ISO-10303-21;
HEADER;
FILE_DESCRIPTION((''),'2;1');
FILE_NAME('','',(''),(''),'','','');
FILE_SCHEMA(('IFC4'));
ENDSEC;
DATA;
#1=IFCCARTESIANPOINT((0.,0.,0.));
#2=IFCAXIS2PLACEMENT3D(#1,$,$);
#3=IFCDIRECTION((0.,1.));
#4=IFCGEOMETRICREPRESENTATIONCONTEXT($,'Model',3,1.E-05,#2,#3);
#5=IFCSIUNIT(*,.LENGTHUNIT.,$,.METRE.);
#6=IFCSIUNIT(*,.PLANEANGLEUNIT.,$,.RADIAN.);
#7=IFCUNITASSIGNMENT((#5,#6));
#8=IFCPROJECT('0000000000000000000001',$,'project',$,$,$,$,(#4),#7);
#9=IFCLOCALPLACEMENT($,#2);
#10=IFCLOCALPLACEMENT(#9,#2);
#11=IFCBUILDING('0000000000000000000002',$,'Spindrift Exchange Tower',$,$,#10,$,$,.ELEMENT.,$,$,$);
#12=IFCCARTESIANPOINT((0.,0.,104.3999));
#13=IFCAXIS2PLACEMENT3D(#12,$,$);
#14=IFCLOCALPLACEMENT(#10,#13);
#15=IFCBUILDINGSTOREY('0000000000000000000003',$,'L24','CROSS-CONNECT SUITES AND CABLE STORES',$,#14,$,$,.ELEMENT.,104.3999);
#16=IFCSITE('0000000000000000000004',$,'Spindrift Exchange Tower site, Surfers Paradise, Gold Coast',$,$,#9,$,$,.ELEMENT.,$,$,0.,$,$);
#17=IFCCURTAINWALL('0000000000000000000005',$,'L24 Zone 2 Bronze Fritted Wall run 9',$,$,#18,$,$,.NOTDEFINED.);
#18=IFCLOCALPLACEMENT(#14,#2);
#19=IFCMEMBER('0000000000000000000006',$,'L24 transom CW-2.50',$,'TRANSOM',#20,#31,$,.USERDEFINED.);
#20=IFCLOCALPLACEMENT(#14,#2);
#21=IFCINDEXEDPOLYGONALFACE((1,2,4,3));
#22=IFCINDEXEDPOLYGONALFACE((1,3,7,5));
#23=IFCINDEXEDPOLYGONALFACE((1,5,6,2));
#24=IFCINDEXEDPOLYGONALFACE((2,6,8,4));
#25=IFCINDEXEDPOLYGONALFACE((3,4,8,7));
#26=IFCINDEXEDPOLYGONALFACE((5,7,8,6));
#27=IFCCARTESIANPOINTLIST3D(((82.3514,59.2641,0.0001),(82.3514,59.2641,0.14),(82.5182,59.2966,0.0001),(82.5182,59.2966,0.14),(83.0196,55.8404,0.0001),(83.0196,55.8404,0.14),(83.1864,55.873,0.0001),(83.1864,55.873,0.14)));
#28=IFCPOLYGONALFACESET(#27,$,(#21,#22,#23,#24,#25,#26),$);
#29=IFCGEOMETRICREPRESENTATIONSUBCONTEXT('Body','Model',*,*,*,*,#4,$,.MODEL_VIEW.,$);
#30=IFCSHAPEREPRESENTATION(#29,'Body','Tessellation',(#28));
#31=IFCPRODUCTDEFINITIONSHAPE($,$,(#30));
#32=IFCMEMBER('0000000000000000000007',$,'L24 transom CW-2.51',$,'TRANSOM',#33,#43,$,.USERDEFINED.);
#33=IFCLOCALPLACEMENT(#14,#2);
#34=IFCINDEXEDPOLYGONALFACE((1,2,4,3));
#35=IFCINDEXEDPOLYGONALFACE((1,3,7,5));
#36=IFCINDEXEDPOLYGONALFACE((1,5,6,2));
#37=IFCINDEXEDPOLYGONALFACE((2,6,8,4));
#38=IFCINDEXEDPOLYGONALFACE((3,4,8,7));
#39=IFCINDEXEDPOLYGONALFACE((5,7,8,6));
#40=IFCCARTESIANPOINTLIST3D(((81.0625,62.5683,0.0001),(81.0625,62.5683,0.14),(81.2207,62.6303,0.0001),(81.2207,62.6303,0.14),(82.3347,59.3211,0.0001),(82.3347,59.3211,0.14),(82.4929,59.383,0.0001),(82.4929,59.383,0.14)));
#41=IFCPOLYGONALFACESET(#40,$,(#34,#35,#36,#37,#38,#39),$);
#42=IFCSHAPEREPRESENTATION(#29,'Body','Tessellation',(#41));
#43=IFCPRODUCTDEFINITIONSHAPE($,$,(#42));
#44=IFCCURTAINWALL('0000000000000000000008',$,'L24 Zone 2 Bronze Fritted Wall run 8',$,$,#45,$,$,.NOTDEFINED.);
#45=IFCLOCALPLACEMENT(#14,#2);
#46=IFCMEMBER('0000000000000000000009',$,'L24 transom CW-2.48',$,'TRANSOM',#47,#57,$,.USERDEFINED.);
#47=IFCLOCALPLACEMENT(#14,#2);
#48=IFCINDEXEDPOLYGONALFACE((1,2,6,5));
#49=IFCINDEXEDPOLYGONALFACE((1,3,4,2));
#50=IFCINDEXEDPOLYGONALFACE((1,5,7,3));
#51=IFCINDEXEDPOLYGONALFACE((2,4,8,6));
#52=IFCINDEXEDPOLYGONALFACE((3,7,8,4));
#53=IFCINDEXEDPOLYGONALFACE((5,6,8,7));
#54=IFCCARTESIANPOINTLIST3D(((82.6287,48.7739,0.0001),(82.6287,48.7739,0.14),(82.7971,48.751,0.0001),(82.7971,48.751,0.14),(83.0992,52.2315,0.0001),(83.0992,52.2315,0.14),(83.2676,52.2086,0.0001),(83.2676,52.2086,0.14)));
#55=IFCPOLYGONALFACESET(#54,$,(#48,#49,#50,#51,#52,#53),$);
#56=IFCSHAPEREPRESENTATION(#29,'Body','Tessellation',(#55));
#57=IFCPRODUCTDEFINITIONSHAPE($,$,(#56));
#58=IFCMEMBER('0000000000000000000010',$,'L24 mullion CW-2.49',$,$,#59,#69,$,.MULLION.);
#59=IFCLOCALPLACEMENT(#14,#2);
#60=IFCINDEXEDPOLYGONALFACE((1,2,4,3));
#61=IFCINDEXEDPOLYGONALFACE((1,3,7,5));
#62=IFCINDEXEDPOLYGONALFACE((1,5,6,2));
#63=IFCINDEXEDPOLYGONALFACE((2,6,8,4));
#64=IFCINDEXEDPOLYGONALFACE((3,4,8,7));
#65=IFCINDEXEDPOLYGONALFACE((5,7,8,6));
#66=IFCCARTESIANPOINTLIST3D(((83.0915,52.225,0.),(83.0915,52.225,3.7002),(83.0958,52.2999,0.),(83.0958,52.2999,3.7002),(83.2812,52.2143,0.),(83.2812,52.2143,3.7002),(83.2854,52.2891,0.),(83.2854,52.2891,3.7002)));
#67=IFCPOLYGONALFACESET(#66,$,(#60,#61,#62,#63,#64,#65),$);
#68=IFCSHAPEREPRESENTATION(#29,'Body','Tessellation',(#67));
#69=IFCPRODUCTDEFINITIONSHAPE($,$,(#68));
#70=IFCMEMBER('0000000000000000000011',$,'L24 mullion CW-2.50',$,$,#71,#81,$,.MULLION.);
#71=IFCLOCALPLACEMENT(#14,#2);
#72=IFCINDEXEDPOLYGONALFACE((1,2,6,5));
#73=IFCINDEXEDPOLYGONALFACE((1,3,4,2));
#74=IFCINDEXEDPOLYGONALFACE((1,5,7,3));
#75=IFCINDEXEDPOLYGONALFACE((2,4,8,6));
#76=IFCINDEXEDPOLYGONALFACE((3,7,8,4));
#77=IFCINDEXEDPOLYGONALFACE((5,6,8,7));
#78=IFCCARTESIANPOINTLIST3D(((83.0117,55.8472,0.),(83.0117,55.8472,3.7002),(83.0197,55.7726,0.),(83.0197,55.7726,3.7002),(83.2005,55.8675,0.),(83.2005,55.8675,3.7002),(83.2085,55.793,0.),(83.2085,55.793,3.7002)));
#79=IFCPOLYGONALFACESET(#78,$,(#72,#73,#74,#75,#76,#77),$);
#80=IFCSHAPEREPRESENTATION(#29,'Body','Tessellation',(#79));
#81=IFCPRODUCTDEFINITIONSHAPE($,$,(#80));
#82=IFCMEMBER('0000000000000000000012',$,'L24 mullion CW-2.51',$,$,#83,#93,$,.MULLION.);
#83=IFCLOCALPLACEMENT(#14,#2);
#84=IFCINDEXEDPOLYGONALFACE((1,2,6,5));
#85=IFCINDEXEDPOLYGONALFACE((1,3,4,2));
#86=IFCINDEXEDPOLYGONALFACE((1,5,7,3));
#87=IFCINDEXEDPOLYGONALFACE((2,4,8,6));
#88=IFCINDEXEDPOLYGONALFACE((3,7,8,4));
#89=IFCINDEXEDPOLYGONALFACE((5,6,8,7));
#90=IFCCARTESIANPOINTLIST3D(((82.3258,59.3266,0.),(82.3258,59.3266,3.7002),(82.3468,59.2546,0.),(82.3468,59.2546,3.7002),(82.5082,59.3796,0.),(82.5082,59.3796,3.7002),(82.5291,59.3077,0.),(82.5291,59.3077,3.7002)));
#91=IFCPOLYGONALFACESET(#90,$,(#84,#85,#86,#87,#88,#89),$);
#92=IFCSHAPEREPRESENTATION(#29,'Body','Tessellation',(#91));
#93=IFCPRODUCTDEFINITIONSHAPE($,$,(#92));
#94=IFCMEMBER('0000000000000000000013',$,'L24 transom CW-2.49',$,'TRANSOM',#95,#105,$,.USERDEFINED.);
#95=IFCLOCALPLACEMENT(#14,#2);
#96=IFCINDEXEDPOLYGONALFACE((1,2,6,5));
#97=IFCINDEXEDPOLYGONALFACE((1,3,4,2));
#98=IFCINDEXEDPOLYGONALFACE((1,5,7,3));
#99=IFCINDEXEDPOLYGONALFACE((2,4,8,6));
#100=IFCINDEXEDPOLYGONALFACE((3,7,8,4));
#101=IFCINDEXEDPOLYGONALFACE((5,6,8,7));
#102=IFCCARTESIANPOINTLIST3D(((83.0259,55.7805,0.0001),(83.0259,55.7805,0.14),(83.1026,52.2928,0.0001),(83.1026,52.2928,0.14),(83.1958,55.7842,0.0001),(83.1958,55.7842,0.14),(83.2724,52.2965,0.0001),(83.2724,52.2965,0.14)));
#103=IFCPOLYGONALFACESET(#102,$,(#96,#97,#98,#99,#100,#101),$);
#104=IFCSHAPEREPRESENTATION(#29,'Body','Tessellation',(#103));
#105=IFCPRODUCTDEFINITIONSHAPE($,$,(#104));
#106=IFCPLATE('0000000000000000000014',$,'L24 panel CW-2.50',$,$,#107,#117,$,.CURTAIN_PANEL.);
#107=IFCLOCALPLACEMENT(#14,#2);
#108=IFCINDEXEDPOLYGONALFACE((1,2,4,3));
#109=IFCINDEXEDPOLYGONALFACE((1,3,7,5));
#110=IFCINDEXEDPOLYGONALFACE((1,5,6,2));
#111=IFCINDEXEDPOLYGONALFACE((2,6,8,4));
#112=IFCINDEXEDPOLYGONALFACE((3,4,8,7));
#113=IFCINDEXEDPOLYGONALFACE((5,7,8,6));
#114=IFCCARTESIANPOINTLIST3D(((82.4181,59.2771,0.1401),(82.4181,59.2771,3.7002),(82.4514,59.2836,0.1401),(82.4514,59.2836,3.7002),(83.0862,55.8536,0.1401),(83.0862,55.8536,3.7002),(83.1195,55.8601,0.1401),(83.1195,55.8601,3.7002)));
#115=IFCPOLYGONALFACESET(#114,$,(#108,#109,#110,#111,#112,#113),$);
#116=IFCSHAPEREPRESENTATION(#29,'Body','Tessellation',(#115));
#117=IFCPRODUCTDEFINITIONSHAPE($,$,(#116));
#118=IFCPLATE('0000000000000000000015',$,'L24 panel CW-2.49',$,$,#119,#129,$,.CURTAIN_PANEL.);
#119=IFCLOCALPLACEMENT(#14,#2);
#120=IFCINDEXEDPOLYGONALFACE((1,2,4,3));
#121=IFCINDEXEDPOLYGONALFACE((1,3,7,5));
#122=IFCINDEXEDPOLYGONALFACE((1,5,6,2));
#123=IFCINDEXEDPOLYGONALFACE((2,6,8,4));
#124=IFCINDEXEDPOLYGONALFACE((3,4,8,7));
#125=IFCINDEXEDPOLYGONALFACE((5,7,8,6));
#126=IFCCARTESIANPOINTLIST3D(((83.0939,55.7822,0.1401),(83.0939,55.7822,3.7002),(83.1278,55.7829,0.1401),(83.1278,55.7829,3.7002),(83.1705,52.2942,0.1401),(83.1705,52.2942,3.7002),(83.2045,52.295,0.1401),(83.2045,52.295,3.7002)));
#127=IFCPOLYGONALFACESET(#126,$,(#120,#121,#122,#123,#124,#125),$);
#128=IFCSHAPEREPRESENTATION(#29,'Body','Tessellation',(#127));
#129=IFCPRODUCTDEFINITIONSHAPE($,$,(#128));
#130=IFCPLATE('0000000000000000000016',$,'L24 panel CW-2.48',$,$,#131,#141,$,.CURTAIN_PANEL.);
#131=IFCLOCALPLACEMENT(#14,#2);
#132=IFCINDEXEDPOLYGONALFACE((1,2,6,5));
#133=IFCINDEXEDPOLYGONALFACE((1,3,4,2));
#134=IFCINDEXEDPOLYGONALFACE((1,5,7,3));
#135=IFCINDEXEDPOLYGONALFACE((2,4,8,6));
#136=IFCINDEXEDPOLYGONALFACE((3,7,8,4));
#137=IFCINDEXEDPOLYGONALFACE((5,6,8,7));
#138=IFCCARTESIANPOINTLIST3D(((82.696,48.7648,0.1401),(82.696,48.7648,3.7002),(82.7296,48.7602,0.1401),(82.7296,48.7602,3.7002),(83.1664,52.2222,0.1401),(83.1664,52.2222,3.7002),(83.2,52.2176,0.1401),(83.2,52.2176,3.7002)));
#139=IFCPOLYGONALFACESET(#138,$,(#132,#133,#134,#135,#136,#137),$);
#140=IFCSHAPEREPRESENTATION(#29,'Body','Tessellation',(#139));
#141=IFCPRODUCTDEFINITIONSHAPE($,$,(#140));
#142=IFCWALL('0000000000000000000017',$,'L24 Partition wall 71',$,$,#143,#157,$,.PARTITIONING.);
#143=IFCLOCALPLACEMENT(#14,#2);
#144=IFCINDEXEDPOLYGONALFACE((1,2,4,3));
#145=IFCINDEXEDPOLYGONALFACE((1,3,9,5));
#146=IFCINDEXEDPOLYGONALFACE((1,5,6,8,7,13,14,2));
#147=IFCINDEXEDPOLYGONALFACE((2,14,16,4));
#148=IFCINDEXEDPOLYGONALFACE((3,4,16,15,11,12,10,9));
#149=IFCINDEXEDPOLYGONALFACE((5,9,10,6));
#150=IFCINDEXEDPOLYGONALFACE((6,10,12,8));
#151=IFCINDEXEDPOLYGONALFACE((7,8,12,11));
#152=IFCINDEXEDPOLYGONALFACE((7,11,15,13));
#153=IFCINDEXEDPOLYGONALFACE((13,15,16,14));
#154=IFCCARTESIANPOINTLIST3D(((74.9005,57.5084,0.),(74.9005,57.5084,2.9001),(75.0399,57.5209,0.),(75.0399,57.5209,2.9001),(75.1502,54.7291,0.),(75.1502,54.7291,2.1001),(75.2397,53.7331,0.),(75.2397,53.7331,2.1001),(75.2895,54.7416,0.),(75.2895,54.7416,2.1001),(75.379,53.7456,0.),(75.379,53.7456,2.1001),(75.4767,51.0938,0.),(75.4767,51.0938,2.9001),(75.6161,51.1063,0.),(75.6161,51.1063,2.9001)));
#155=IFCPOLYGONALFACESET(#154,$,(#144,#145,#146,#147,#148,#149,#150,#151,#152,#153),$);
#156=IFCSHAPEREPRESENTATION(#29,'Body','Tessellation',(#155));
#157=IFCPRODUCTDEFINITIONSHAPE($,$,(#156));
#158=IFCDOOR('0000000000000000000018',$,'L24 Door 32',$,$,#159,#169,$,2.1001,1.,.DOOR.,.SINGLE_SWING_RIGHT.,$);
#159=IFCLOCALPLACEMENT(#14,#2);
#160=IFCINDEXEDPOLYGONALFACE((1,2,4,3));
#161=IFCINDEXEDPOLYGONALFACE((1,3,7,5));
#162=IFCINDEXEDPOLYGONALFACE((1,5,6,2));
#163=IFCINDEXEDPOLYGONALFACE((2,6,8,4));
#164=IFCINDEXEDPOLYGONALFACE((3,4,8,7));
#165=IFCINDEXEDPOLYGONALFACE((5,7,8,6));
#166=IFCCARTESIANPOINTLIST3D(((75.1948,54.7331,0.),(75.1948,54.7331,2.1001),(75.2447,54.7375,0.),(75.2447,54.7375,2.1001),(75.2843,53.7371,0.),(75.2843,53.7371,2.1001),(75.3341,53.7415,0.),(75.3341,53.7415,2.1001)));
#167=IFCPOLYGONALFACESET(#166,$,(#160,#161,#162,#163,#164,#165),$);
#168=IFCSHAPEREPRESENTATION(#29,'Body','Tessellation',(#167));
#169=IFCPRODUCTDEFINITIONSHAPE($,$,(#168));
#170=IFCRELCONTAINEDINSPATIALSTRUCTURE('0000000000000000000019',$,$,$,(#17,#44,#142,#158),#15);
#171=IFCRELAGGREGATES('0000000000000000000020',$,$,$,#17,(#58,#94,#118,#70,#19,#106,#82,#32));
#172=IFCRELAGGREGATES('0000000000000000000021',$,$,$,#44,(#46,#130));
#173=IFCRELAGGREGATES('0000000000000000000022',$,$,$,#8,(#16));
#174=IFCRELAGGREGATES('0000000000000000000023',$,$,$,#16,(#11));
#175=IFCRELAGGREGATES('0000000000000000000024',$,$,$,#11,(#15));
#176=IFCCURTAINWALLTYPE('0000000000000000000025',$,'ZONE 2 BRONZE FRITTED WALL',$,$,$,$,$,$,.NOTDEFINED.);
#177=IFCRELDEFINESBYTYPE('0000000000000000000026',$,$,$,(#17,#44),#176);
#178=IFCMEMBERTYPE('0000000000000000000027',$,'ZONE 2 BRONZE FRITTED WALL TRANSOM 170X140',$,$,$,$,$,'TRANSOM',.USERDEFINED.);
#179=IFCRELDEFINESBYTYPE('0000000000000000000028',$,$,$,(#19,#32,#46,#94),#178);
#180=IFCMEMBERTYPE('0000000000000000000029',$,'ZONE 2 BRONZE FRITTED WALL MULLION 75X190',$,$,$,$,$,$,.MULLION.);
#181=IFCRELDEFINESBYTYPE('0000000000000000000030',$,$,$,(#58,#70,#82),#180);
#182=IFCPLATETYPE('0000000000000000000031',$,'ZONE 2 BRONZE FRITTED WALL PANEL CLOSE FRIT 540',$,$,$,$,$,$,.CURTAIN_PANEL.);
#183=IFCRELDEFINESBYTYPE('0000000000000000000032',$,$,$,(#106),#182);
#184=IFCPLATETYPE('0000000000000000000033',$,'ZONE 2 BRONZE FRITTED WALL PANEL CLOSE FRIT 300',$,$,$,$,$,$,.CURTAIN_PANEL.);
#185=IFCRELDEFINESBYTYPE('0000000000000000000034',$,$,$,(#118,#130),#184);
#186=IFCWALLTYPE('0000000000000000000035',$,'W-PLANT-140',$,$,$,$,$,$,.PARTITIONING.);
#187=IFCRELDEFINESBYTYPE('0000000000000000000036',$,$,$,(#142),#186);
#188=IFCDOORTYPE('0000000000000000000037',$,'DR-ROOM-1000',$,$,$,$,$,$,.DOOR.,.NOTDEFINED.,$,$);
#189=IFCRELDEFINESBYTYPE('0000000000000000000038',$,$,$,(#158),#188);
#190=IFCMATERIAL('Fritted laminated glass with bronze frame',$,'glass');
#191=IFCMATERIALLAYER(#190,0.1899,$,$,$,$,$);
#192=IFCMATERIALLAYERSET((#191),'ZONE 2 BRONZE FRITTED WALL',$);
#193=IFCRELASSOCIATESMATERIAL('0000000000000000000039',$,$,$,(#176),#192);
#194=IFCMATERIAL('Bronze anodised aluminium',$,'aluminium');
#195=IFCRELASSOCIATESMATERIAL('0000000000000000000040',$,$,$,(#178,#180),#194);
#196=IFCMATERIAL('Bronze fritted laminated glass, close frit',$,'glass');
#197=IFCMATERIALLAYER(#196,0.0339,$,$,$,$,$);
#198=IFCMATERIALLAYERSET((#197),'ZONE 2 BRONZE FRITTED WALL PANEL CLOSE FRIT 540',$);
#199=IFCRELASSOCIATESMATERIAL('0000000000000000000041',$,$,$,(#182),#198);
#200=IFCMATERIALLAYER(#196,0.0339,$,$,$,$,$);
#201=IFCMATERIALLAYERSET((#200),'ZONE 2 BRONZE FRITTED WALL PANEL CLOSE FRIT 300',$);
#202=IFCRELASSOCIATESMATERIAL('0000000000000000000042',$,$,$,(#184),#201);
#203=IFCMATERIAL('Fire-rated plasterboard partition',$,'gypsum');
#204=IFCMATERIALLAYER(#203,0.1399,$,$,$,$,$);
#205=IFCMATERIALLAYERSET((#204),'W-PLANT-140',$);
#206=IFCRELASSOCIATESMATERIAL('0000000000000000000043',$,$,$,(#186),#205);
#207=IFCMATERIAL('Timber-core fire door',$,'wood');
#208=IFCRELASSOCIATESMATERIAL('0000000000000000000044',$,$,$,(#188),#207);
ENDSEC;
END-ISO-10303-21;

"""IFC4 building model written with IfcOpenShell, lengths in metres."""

from ifc_helpers import new_model, si_unit, direction, frame, frame_2d, origin, origin_2d, place, context, subcontext, project, spatial, rectangle, extrude, source, transform, mapped, material, layer, layer_set, material_profile, profile_set, type_object, element, fill, aggregate, save


model = new_model("IFC4")

# Units and contexts
model_context = context("Model", 3, precision=1e-05, world=origin(), true_north=direction((0.0, 1.0)))
body_context = subcontext(model_context, "Body", "Model", "MODEL_VIEW")
ifc_project = project(units=[si_unit("LENGTHUNIT", "METRE"), si_unit("PLANEANGLEUNIT", "RADIAN")], contexts=[model_context])

# Site, building, storey
site_placement = place(None, origin())
site = spatial("IfcSite", under=ifc_project, at=site_placement, Name="Spindrift Exchange Tower site, Surfers Paradise, Gold Coast", CompositionType="ELEMENT", RefElevation=0.0)
building_placement = place(site_placement, origin())
building = spatial("IfcBuilding", under=site, at=building_placement, Name="Spindrift Exchange Tower", CompositionType="ELEMENT")
storey_placement = place(building_placement, frame((0.0, 0.0, 104.3999)))
storey = spatial("IfcBuildingStorey", under=building, at=storey_placement, Name="L24", Description="CROSS-CONNECT SUITES AND CABLE STORES", CompositionType="ELEMENT", Elevation=104.3999)

# Curtain wall, members
ifc_material_1 = material(Name="Fritted laminated glass with bronze frame", Category="glass")
ifc_layer_1 = layer(ifc_material_1, 0.1899)
ifc_layer_set_1 = layer_set([ifc_layer_1], Name="ZONE 2 BRONZE FRITTED WALL")
curtain_wall_type = type_object("IfcCurtainWallType", Name="ZONE 2 BRONZE FRITTED WALL", PredefinedType="NOTDEFINED", material=ifc_layer_set_1)
curtain_wall_1_placement = place(storey_placement, origin())
curtain_wall_1 = element("IfcCurtainWall", 1, at=curtain_wall_1_placement, inside=storey, type_object=curtain_wall_type, Name="L24 Zone 2 Bronze Fritted Wall run 9", PredefinedType="NOTDEFINED")
ifc_material_2 = material(Name="Bronze anodised aluminium", Category="aluminium")
ifc_material_profile_1 = material_profile(ifc_material_2, rectangle(XDim=0.1699, YDim=0.1399, at=origin_2d()), Name="ZONE 2 BRONZE FRITTED WALL TRANSOM 170X140")
ifc_profile_set_1 = profile_set([ifc_material_profile_1], Name="Bronze anodised aluminium")
member_type_1 = type_object("IfcMemberType", Name="ZONE 2 BRONZE FRITTED WALL TRANSOM 170X140", ElementType="TRANSOM", PredefinedType="USERDEFINED", material=ifc_profile_set_1)
shared_shape_1 = source(origin(), body_context, "Body", "SweptSolid", [
    extrude(rectangle(XDim=0.1699, YDim=0.1399, at=origin_2d()), origin(), (0.0, 0.0, 1.0), 3.4883),
])
member_1_placement = place(storey_placement, frame((83.103, 55.8567, 0.0701), z_axis=(-0.191565, 0.98148, 0.0), x_axis=(-0.98148, -0.191565, 0.0)))
member_1 = element("IfcMember", 2, at=member_1_placement, type_object=member_type_1, Name="L24 transom CW-2.50", ObjectType="TRANSOM", PredefinedType="USERDEFINED", context=body_context, shape_type="MappedRepresentation", body=[
    mapped(shared_shape_1, transform((0.0, 0.0, 0.0), scale=1.0)),
])
shared_shape_2 = source(origin(), body_context, "Body", "SweptSolid", [
    extrude(rectangle(XDim=0.1699, YDim=0.1399, at=origin_2d()), origin(), (0.0, 0.0, 1.0), 3.4875),
])
member_2_placement = place(storey_placement, frame((82.4138, 59.3521, 0.0701), z_axis=(-0.364779, 0.931094, 0.0), x_axis=(-0.931094, -0.364779, 0.0)))
member_2 = element("IfcMember", 3, at=member_2_placement, type_object=member_type_1, Name="L24 transom CW-2.51", ObjectType="TRANSOM", PredefinedType="USERDEFINED", context=body_context, shape_type="MappedRepresentation", body=[
    mapped(shared_shape_2, transform((0.0, 0.0, 0.0), scale=1.0)),
])

# Curtain wall, member
curtain_wall_2_placement = place(storey_placement, origin())
curtain_wall_2 = element("IfcCurtainWall", 4, at=curtain_wall_2_placement, inside=storey, type_object=curtain_wall_type, Name="L24 Zone 2 Bronze Fritted Wall run 8", PredefinedType="NOTDEFINED")
shared_shape_3 = source(origin(), body_context, "Body", "SweptSolid", [
    extrude(rectangle(XDim=0.1699, YDim=0.1399, at=origin_2d()), origin(), (0.0, 0.0, 1.0), 3.4895),
])
member_3_placement = place(storey_placement, frame((82.7129, 48.7625, 0.0701), z_axis=(0.134826, 0.990869, 0.0), x_axis=(-0.990869, 0.134826, 0.0)))
member_3 = element("IfcMember", 5, at=member_3_placement, type_object=member_type_1, Name="L24 transom CW-2.48", ObjectType="TRANSOM", PredefinedType="USERDEFINED", context=body_context, shape_type="MappedRepresentation", body=[
    mapped(shared_shape_3, transform((0.0, 0.0, 0.0), scale=1.0)),
])

# Members
ifc_material_profile_2 = material_profile(ifc_material_2, rectangle(XDim=0.075, YDim=0.1899, at=origin_2d()), Name="ZONE 2 BRONZE FRITTED WALL MULLION 75X190")
ifc_profile_set_2 = profile_set([ifc_material_profile_2], Name="Bronze anodised aluminium")
member_type_2 = type_object("IfcMemberType", Name="ZONE 2 BRONZE FRITTED WALL MULLION 75X190", PredefinedType="MULLION", material=ifc_profile_set_2)
shared_shape_4 = source(origin(), body_context, "Body", "SweptSolid", [
    extrude(rectangle(XDim=0.075, YDim=0.1899, at=origin_2d()), origin(), (0.0, 0.0, 1.0), 3.7002),
])
member_4_placement = place(storey_placement, frame((83.1885, 52.2571, 0.0), z_axis=(0.0, 0.0, 1.0), x_axis=(0.056593, 0.998397, 0.0)))
member_4 = element("IfcMember", 6, at=member_4_placement, type_object=member_type_2, Name="L24 mullion CW-2.49", PredefinedType="MULLION", context=body_context, shape_type="MappedRepresentation", body=[
    mapped(shared_shape_4, transform((0.0, 0.0, 0.0), scale=1.0)),
])
member_5_placement = place(storey_placement, frame((83.1101, 55.8201, 0.0), z_axis=(0.0, 0.0, 1.0), x_axis=(-0.10715, 0.994243, 0.0)))
member_5 = element("IfcMember", 7, at=member_5_placement, type_object=member_type_2, Name="L24 mullion CW-2.50", PredefinedType="MULLION", context=body_context, shape_type="MappedRepresentation", body=[
    mapped(shared_shape_4, transform((0.0, 0.0, 0.0), scale=1.0)),
])
member_6_placement = place(storey_placement, frame((82.4275, 59.3171, 0.0), z_axis=(0.0, 0.0, 1.0), x_axis=(-0.279315, 0.960199, 0.0)))
member_6 = element("IfcMember", 8, at=member_6_placement, type_object=member_type_2, Name="L24 mullion CW-2.51", PredefinedType="MULLION", context=body_context, shape_type="MappedRepresentation", body=[
    mapped(shared_shape_4, transform((0.0, 0.0, 0.0), scale=1.0)),
])
shared_shape_5 = source(origin(), body_context, "Body", "SweptSolid", [
    extrude(rectangle(XDim=0.1699, YDim=0.1399, at=origin_2d()), origin(), (0.0, 0.0, 1.0), 3.4885),
])
member_7_placement = place(storey_placement, frame((83.1875, 52.2947, 0.0701), z_axis=(-0.021974, 0.999759, 0.0), x_axis=(-0.999759, -0.021974, 0.0)))
member_7 = element("IfcMember", 9, at=member_7_placement, type_object=member_type_1, Name="L24 transom CW-2.49", ObjectType="TRANSOM", PredefinedType="USERDEFINED", context=body_context, shape_type="MappedRepresentation", body=[
    mapped(shared_shape_5, transform((0.0, 0.0, 0.0), scale=1.0)),
])

# Plates
ifc_material_3 = material(Name="Bronze fritted laminated glass, close frit", Category="glass")
ifc_layer_2 = layer(ifc_material_3, 0.0339)
ifc_layer_set_2 = layer_set([ifc_layer_2], Name="ZONE 2 BRONZE FRITTED WALL PANEL CLOSE FRIT 540")
plate_type_1 = type_object("IfcPlateType", Name="ZONE 2 BRONZE FRITTED WALL PANEL CLOSE FRIT 540", PredefinedType="CURTAIN_PANEL", material=ifc_layer_set_2)
shared_shape_6 = source(origin(), body_context, "Body", "SweptSolid", [
    extrude(rectangle(XDim=3.488, YDim=0.0339, at=origin_2d()), origin(), (0.0, 0.0, 1.0), 3.5601),
])
plate_1_placement = place(storey_placement, frame((82.7688, 57.5686, 0.1401), z_axis=(0.0, 0.0, 1.0), x_axis=(-0.191547, 0.981483, 0.0)))
plate_1 = element("IfcPlate", 10, at=plate_1_placement, type_object=plate_type_1, Name="L24 panel CW-2.50", PredefinedType="CURTAIN_PANEL", context=body_context, shape_type="MappedRepresentation", body=[
    mapped(shared_shape_6, transform((0.0, 0.0, 0.0), scale=1.0)),
])
ifc_layer_3 = layer(ifc_material_3, 0.0339)
ifc_layer_set_3 = layer_set([ifc_layer_3], Name="ZONE 2 BRONZE FRITTED WALL PANEL CLOSE FRIT 300")
plate_type_2 = type_object("IfcPlateType", Name="ZONE 2 BRONZE FRITTED WALL PANEL CLOSE FRIT 300", PredefinedType="CURTAIN_PANEL", material=ifc_layer_set_3)
shared_shape_7 = source(origin(), body_context, "Body", "SweptSolid", [
    extrude(rectangle(XDim=3.4888, YDim=0.0339, at=origin_2d()), origin(), (0.0, 0.0, 1.0), 3.5601),
])
plate_2_placement = place(storey_placement, frame((83.1492, 54.0386, 0.1401), z_axis=(0.0, 0.0, 1.0), x_axis=(-0.021972, 0.999759, 0.0)))
plate_2 = element("IfcPlate", 11, at=plate_2_placement, type_object=plate_type_2, Name="L24 panel CW-2.49", PredefinedType="CURTAIN_PANEL", context=body_context, shape_type="MappedRepresentation", body=[
    mapped(shared_shape_7, transform((0.0, 0.0, 0.0), scale=1.0)),
])
aggregate(curtain_wall_1, [member_4, member_7, plate_2, member_5, member_1, plate_1, member_6, member_2])
shared_shape_8 = source(origin(), body_context, "Body", "SweptSolid", [
    extrude(rectangle(XDim=3.4893, YDim=0.0339, at=origin_2d()), origin(), (0.0, 0.0, 1.0), 3.5601),
])
plate_3_placement = place(storey_placement, frame((82.948, 50.4912, 0.1401), z_axis=(0.0, 0.0, 1.0), x_axis=(0.134808, 0.990872, 0.0)))
plate_3 = element("IfcPlate", 12, at=plate_3_placement, type_object=plate_type_2, Name="L24 panel CW-2.48", PredefinedType="CURTAIN_PANEL", context=body_context, shape_type="MappedRepresentation", body=[
    mapped(shared_shape_8, transform((0.0, 0.0, 0.0), scale=1.0)),
])
aggregate(curtain_wall_2, [member_3, plate_3])

# Wall, opening, door
ifc_material_4 = material(Name="Fire-rated plasterboard partition", Category="gypsum")
ifc_layer_4 = layer(ifc_material_4, 0.1399)
ifc_layer_set_4 = layer_set([ifc_layer_4], Name="W-PLANT-140")
wall_type = type_object("IfcWallType", Name="W-PLANT-140", PredefinedType="PARTITIONING", material=ifc_layer_set_4)
wall_1_placement = place(storey_placement, frame((74.9702, 57.5146, 0.0), z_axis=(0.0, 0.0, 1.0), x_axis=(0.089462, -0.99599, 0.0)))
wall_1 = element("IfcWall", 13, at=wall_1_placement, inside=storey, type_object=wall_type, Name="L24 Partition wall 71", PredefinedType="PARTITIONING", context=body_context, shape_type="SweptSolid", body=[
    extrude(rectangle(XDim=6.4404, YDim=0.1399, at=frame_2d((3.2202, 0.0))), origin(), (0.0, 0.0, 1.0), 2.9001),
])
opening_1_placement = place(wall_1_placement, frame((2.7905, 0.0, 0.0)))
opening_1 = element("IfcOpeningElement", 14, at=opening_1_placement, cuts=wall_1, PredefinedType="OPENING", context=body_context, shape_type="SweptSolid", body=[
    extrude(rectangle(XDim=1.0, YDim=2.1001, at=frame_2d((0.5, 1.05))), frame((0.0, 0.0798, 0.0), z_axis=(0.0, -1.0, 0.0), x_axis=(1.0, 0.0, 0.0)), (0.0, 0.0, 1.0), 0.1599),
])
ifc_material_5 = material(Name="Timber-core fire door", Category="wood")
door_type = type_object("IfcDoorType", Name="DR-ROOM-1000", OperationType="NOTDEFINED", PredefinedType="DOOR", material=ifc_material_5)
shared_shape_9 = source(origin(), body_context, "Body", "SweptSolid", [
    extrude(rectangle(XDim=1.0, YDim=2.1001, at=frame_2d((0.5, 1.05))), frame((0.0, 0.0249, 0.0), z_axis=(0.0, -1.0, 0.0), x_axis=(1.0, 0.0, 0.0)), (0.0, 0.0, 1.0), 0.05),
])
door_1_placement = place(opening_1_placement, origin())
door_1 = element("IfcDoor", 15, at=door_1_placement, inside=storey, type_object=door_type, Name="L24 Door 32", OperationType="SINGLE_SWING_RIGHT", OverallHeight=2.1001, OverallWidth=1.0, PredefinedType="DOOR", context=body_context, shape_type="MappedRepresentation", body=[
    mapped(shared_shape_9, transform((0.0, 0.0, 0.0), scale=1.0)),
])
fill(opening_1, door_1)

save(model, "model.ifc")
